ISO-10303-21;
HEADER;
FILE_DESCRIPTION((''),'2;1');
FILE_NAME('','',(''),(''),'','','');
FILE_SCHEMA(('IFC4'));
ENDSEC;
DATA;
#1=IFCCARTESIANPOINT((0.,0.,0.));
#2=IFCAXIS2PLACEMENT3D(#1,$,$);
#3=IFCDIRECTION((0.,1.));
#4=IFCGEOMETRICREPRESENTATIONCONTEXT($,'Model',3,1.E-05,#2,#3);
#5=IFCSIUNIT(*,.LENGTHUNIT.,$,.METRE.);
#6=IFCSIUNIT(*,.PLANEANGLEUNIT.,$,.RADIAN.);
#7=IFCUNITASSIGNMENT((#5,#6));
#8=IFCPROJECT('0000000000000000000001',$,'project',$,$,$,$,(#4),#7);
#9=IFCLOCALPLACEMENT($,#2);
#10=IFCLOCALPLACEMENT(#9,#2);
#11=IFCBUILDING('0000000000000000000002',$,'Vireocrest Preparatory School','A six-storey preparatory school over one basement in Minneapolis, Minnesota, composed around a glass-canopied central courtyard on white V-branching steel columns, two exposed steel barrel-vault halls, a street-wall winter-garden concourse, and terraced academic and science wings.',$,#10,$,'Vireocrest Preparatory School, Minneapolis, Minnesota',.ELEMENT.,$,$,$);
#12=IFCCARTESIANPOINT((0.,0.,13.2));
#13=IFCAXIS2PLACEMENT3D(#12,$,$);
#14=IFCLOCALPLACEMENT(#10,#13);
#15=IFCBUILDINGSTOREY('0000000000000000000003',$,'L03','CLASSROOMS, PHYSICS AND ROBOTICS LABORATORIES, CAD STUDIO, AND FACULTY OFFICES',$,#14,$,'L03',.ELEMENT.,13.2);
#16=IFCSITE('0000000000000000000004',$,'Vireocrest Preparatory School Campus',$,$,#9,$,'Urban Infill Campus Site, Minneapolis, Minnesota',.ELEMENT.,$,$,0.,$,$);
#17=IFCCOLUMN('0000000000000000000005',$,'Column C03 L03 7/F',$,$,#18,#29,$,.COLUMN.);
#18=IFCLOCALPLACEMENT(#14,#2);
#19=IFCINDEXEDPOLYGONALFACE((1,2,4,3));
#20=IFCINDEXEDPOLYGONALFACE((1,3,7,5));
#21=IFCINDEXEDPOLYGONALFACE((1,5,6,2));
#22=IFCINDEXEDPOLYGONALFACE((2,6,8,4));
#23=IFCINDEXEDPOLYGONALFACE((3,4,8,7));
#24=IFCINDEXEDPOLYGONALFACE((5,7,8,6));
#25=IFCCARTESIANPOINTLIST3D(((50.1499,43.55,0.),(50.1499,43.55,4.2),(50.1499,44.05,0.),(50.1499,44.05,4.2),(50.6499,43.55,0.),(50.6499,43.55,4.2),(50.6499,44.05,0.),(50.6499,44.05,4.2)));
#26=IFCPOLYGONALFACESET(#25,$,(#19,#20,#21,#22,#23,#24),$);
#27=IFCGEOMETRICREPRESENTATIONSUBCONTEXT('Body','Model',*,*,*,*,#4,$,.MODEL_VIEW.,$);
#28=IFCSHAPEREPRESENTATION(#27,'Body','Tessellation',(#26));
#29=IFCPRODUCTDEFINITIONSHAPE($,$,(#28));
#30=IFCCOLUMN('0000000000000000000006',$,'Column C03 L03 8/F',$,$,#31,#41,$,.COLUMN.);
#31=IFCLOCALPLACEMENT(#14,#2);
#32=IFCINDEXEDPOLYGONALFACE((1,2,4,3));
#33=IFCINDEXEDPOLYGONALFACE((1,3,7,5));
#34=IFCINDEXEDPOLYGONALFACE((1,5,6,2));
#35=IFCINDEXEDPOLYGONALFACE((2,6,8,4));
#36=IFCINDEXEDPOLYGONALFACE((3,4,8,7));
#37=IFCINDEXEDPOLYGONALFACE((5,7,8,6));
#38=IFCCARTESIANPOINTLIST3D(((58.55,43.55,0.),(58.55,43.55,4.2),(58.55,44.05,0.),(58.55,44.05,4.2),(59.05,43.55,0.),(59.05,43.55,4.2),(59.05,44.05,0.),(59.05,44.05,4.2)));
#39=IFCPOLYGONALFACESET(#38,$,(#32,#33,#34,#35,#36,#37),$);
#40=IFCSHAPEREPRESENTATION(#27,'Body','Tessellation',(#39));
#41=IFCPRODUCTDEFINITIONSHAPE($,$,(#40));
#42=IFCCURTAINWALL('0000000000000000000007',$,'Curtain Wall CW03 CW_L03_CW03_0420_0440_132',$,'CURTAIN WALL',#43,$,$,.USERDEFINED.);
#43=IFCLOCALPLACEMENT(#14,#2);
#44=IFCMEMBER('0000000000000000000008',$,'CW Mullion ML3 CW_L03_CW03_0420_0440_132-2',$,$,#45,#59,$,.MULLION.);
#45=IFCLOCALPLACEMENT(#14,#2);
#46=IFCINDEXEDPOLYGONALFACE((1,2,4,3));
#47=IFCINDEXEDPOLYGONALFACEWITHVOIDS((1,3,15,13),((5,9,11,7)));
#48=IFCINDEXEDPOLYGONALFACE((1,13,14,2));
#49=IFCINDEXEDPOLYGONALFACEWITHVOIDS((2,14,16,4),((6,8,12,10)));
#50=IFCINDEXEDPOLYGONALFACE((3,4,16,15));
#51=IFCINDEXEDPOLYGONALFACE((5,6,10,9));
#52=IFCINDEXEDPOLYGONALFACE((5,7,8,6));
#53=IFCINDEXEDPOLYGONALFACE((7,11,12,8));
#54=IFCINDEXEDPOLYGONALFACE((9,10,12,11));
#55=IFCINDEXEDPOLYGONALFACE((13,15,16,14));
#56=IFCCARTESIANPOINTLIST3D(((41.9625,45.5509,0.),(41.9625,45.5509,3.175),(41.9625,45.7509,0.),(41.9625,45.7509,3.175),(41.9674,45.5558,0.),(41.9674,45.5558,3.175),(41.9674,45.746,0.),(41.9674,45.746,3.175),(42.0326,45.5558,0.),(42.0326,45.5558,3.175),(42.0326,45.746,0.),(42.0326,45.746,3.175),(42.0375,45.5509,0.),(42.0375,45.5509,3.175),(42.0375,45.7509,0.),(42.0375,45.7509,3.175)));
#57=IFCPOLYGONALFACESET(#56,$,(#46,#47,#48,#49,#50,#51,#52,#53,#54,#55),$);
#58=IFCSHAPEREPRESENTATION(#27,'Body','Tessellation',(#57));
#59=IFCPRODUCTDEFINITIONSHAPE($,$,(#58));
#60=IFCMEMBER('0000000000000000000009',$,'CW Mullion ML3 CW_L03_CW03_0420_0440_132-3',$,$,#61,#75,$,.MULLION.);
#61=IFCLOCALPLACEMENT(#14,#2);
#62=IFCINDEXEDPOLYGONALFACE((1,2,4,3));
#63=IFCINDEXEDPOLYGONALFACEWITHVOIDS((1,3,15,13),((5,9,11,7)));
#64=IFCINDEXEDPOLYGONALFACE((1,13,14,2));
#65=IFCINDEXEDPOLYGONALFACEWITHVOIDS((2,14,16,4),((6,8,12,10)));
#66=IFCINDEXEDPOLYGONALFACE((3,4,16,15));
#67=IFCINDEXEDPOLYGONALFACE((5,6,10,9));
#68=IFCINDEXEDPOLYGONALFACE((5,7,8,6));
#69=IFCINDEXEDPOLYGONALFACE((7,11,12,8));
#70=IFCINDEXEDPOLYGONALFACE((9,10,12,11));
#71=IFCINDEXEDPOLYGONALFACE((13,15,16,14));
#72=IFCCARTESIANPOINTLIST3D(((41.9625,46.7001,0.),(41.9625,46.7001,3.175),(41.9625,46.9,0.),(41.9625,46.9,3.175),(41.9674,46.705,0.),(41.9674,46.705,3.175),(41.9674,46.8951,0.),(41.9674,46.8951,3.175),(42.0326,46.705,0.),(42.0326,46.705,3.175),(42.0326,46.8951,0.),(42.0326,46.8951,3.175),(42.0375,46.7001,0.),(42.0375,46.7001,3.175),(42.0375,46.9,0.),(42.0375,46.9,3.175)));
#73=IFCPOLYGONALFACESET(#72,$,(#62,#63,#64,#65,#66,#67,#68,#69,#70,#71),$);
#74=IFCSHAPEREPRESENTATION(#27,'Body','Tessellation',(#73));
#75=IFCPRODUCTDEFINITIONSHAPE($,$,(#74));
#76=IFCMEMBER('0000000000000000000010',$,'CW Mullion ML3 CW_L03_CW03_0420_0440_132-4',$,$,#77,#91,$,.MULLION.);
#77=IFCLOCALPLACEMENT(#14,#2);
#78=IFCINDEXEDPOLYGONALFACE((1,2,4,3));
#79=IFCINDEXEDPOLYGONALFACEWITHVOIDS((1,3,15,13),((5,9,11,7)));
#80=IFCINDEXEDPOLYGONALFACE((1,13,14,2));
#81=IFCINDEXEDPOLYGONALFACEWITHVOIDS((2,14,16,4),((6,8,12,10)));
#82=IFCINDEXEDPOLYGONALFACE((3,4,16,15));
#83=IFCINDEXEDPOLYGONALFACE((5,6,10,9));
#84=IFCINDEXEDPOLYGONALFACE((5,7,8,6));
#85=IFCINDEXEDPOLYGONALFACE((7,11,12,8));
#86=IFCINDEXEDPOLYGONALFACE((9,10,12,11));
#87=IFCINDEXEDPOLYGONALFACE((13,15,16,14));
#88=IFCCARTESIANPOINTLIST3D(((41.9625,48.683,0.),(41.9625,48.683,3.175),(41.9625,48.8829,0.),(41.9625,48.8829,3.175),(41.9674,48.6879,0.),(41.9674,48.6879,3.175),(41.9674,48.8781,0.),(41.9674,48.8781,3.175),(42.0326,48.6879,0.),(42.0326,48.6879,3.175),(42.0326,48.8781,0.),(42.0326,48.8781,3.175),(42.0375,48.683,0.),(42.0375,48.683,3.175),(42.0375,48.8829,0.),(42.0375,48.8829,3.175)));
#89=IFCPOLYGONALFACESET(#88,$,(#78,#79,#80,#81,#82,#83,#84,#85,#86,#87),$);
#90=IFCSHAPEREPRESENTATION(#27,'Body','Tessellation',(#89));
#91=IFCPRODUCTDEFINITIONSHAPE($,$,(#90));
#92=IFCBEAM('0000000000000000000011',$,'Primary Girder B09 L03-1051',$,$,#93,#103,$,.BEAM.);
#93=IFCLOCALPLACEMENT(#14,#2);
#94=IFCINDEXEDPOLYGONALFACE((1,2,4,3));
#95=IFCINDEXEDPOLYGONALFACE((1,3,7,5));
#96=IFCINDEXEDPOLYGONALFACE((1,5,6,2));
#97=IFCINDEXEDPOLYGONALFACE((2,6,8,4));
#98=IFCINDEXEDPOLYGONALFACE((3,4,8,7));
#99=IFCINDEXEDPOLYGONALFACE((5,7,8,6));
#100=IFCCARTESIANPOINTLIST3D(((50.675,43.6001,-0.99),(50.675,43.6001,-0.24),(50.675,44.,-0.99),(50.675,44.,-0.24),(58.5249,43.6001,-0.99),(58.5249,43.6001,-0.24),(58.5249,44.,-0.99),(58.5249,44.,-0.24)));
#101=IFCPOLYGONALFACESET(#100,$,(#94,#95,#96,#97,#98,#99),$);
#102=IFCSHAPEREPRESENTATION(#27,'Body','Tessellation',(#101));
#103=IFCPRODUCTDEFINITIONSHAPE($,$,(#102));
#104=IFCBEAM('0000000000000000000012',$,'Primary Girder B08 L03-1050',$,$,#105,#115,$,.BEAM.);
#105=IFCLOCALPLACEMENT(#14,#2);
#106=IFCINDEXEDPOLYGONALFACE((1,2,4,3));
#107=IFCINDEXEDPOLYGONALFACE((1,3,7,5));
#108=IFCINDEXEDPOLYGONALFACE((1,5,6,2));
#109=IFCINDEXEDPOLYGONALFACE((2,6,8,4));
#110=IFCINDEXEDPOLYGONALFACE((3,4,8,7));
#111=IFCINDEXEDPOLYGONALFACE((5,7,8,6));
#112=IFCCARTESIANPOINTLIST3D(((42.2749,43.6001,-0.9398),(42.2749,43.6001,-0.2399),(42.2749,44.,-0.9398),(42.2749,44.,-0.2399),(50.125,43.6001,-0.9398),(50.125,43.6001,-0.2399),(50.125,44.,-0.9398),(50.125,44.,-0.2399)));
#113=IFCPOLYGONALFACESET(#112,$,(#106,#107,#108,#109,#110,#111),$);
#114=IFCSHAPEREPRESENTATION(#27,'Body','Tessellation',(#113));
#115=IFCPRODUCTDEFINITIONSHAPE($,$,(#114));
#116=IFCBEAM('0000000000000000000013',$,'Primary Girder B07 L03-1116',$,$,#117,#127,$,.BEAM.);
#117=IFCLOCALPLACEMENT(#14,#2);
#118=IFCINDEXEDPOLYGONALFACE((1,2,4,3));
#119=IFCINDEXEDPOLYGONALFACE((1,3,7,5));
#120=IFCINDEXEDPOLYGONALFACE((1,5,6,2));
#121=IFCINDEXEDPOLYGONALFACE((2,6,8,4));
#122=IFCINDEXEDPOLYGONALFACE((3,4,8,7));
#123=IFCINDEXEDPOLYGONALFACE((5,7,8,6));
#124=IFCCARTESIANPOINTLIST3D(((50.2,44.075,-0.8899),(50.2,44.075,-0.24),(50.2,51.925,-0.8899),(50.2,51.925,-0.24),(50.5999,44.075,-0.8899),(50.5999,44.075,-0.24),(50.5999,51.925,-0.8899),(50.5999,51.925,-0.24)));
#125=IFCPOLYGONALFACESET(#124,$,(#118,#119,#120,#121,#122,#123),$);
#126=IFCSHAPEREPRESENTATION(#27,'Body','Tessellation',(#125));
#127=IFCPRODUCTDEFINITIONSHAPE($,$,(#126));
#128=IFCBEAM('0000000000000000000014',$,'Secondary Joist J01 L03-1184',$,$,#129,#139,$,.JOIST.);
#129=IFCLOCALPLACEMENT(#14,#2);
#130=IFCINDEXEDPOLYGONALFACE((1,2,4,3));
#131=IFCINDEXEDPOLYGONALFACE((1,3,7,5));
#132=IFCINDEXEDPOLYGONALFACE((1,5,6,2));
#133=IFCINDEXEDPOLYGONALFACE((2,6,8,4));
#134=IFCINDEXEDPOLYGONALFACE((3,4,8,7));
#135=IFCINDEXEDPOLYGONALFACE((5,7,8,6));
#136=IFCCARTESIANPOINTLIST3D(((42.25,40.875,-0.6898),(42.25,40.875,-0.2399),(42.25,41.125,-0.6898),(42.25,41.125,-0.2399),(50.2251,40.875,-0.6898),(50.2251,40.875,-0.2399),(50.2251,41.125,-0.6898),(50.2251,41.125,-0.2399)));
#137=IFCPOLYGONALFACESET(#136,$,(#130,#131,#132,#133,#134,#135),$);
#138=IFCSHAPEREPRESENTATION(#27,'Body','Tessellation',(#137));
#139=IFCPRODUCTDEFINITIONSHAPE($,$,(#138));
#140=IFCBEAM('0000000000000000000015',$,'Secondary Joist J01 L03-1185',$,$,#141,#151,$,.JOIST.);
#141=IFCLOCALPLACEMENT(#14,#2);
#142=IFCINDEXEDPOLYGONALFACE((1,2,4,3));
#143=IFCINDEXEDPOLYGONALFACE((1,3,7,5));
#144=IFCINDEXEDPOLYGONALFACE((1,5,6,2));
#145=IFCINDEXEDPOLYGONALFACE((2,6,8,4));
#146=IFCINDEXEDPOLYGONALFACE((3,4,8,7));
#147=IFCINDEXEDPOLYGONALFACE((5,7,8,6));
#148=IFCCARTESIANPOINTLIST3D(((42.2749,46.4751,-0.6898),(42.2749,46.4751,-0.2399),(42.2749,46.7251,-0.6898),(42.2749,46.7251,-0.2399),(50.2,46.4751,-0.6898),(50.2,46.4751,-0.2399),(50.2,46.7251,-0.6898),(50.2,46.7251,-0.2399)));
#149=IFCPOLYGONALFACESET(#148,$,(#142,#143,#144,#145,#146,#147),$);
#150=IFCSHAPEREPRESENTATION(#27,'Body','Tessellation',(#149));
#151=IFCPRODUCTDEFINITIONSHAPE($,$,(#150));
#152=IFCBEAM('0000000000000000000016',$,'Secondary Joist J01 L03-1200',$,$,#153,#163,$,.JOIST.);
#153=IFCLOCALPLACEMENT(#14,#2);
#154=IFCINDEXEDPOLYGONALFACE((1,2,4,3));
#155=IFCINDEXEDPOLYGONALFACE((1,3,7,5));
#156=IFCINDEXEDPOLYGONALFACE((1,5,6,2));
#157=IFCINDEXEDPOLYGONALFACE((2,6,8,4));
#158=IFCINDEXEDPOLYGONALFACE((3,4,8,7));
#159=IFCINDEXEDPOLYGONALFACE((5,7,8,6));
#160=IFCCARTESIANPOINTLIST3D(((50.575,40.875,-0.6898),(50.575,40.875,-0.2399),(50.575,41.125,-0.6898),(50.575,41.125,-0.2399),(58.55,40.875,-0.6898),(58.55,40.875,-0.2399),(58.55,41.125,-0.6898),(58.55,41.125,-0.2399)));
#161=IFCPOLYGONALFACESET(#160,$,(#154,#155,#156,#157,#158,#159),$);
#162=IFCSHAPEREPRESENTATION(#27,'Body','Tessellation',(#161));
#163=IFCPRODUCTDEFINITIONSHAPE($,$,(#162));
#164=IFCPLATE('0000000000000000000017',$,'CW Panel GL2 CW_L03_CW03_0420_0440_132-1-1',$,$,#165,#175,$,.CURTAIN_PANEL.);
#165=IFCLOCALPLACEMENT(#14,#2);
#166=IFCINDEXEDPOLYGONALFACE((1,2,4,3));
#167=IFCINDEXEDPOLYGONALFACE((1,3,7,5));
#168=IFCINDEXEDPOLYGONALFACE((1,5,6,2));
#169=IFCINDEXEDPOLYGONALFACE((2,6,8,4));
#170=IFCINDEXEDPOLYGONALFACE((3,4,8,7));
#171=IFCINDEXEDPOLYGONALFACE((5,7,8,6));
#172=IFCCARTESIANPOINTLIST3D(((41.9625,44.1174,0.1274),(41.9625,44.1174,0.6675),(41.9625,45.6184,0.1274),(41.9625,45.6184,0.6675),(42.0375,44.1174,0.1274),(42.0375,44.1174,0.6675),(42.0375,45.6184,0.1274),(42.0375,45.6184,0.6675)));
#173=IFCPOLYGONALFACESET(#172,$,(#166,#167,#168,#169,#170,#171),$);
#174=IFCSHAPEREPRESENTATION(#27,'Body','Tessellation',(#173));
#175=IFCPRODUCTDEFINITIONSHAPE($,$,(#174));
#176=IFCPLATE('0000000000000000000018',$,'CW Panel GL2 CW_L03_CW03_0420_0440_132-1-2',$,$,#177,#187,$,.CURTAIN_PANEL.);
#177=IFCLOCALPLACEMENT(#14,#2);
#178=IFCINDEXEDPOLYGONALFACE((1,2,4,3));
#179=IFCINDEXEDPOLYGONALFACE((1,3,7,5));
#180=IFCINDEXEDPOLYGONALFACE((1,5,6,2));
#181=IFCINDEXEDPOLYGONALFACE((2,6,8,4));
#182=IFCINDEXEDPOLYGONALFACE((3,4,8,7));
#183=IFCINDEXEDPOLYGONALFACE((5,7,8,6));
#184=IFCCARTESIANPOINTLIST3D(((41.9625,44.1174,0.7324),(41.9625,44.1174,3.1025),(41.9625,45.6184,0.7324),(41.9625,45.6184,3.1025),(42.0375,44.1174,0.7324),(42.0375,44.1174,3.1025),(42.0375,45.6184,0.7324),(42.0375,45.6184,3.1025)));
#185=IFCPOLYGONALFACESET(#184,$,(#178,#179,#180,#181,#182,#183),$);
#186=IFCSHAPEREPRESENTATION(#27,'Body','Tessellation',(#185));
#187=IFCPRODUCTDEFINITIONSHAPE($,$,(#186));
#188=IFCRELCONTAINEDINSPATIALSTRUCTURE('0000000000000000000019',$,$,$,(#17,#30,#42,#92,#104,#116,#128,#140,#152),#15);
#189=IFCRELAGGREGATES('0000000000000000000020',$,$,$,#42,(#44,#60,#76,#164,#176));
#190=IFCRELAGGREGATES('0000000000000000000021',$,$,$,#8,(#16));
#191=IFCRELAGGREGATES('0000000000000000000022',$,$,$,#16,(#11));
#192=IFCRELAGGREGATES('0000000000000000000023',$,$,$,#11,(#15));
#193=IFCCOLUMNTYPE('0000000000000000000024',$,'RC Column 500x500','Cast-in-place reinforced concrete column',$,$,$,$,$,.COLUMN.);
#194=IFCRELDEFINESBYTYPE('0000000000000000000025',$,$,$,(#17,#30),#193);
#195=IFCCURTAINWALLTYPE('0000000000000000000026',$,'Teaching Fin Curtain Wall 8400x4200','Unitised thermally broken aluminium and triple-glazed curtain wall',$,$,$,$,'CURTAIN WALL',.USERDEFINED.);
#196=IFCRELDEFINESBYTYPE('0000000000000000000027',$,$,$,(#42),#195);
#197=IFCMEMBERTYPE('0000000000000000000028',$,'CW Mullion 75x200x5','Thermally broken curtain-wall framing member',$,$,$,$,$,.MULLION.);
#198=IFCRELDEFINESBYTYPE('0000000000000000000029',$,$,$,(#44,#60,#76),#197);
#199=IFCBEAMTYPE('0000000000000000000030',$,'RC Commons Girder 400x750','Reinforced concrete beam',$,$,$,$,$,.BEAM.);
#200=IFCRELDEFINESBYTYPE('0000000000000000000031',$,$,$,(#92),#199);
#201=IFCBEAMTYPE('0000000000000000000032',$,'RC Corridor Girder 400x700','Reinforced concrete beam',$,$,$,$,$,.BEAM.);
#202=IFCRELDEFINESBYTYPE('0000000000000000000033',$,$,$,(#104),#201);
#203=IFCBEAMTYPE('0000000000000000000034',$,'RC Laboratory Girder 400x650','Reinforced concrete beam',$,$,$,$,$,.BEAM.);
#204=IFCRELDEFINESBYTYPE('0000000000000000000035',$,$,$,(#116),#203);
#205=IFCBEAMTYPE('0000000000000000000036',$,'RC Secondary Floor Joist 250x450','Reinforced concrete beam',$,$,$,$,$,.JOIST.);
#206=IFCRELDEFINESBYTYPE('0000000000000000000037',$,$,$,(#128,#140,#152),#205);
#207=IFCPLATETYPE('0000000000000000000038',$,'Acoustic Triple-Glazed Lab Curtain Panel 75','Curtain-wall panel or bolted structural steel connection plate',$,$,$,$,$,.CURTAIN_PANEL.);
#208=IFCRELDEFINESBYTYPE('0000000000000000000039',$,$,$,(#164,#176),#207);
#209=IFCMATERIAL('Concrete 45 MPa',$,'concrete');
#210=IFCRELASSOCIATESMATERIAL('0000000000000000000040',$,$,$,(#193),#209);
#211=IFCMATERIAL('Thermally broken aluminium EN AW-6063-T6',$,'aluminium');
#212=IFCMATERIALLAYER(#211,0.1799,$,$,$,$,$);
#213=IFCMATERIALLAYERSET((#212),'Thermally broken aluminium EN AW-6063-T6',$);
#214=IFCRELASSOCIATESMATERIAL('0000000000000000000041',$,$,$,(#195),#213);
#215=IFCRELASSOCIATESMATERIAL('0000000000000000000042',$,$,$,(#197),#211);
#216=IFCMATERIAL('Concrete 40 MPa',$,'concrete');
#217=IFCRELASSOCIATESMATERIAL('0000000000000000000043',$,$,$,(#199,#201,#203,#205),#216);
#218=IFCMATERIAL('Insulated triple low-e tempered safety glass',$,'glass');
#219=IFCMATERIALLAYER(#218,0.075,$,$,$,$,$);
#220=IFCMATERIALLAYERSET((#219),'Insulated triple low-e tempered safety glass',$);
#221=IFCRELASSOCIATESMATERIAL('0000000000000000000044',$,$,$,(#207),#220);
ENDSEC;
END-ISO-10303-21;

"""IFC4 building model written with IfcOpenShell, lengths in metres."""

from ifc_helpers import new_model, si_unit, direction, frame, origin, origin_2d, place, context, subcontext, project, spatial, rectangle, hollow_rectangle, extrude, material, layer, layer_set, material_profile, profile_set, type_object, element, aggregate, save


model = new_model("IFC4")

# Units and contexts
model_context = context("Model", 3, precision=1e-05, world=origin(), true_north=direction((0.0, 1.0)))
body_context = subcontext(model_context, "Body", "Model", "MODEL_VIEW")
ifc_project = project(units=[si_unit("LENGTHUNIT", "METRE"), si_unit("PLANEANGLEUNIT", "RADIAN")], contexts=[model_context])

# Site, building, storey
site_placement = place(None, origin())
site = spatial("IfcSite", under=ifc_project, at=site_placement, Name="Vireocrest Preparatory School Campus", LongName="Urban Infill Campus Site, Minneapolis, Minnesota", CompositionType="ELEMENT", RefElevation=0.0)
building_placement = place(site_placement, origin())
building = spatial("IfcBuilding", under=site, at=building_placement, Name="Vireocrest Preparatory School", Description="A six-storey preparatory school over one basement in Minneapolis, Minnesota, composed around a glass-canopied central courtyard on white V-branching steel columns, two exposed steel barrel-vault halls, a street-wall winter-garden concourse, and terraced academic and science wings.", LongName="Vireocrest Preparatory School, Minneapolis, Minnesota", CompositionType="ELEMENT")
storey_placement = place(building_placement, frame((0.0, 0.0, 13.2)))
storey = spatial("IfcBuildingStorey", under=building, at=storey_placement, Name="L03", Description="CLASSROOMS, PHYSICS AND ROBOTICS LABORATORIES, CAD STUDIO, AND FACULTY OFFICES", LongName="L03", CompositionType="ELEMENT", Elevation=13.2)

# Columns
ifc_material_1 = material(Name="Concrete 45 MPa", Category="concrete")
ifc_material_profile_1 = material_profile(ifc_material_1, rectangle(XDim=0.5, YDim=0.5, at=origin_2d()), Name="RC 500x500")
ifc_profile_set_1 = profile_set([ifc_material_profile_1], Name="Concrete 45 MPa")
column_type = type_object("IfcColumnType", Name="RC Column 500x500", Description="Cast-in-place reinforced concrete column", PredefinedType="COLUMN", material=ifc_profile_set_1)
for number, where, z_axis, x_axis, name in (
    (1, (50.3999, 43.8, 0.0), (0.0, 0.0, 1.0), (1.0, 0.0, 0.0), "Column C03 L03 7/F"),
    (2, (58.8, 43.8, 0.0), (0.0, 0.0, 1.0), (1.0, 0.0, 0.0), "Column C03 L03 8/F"),
):
    element("IfcColumn", number, at=place(storey_placement, frame(where, z_axis=z_axis, x_axis=x_axis)), inside=storey, type_object=column_type, Name=name, PredefinedType="COLUMN", context=body_context, shape_type="SweptSolid", body=[
        extrude(rectangle(XDim=0.5, YDim=0.5, at=origin_2d()), origin(), (0.0, 0.0, 1.0), 4.2),
    ])

# Curtain wall, members
ifc_material_2 = material(Name="Thermally broken aluminium EN AW-6063-T6", Category="aluminium")
ifc_layer_1 = layer(ifc_material_2, 0.1799)
ifc_layer_set_1 = layer_set([ifc_layer_1], Name="Thermally broken aluminium EN AW-6063-T6")
curtain_wall_type = type_object("IfcCurtainWallType", Name="Teaching Fin Curtain Wall 8400x4200", Description="Unitised thermally broken aluminium and triple-glazed curtain wall", ElementType="CURTAIN WALL", PredefinedType="USERDEFINED", material=ifc_layer_set_1)
curtain_wall_placement = place(storey_placement, origin())
curtain_wall = element("IfcCurtainWall", 3, at=curtain_wall_placement, inside=storey, type_object=curtain_wall_type, Name="Curtain Wall CW03 CW_L03_CW03_0420_0440_132", ObjectType="CURTAIN WALL", PredefinedType="USERDEFINED")
ifc_material_profile_2 = material_profile(ifc_material_2, hollow_rectangle(XDim=0.075, YDim=0.2, WallThickness=0.0049, at=origin_2d()), Name="ALU 75x200x5")
ifc_profile_set_2 = profile_set([ifc_material_profile_2], Name="Thermally broken aluminium EN AW-6063-T6")
member_type = type_object("IfcMemberType", Name="CW Mullion 75x200x5", Description="Thermally broken curtain-wall framing member", PredefinedType="MULLION", material=ifc_profile_set_2)
member_1_placement = place(storey_placement, frame((42.0, 45.6509, 0.0), z_axis=(0.0, 0.0, 1.0), x_axis=(1.0, 0.0, 0.0)))
member_1 = element("IfcMember", 4, at=member_1_placement, type_object=member_type, Name="CW Mullion ML3 CW_L03_CW03_0420_0440_132-2", PredefinedType="MULLION", context=body_context, shape_type="SweptSolid", body=[
    extrude(hollow_rectangle(XDim=0.075, YDim=0.2, WallThickness=0.0049, at=origin_2d()), origin(), (0.0, 0.0, 1.0), 3.175),
])
member_2_placement = place(storey_placement, frame((42.0, 46.8, 0.0), z_axis=(0.0, 0.0, 1.0), x_axis=(1.0, 0.0, 0.0)))
member_2 = element("IfcMember", 5, at=member_2_placement, type_object=member_type, Name="CW Mullion ML3 CW_L03_CW03_0420_0440_132-3", PredefinedType="MULLION", context=body_context, shape_type="SweptSolid", body=[
    extrude(hollow_rectangle(XDim=0.075, YDim=0.2, WallThickness=0.0049, at=origin_2d()), origin(), (0.0, 0.0, 1.0), 3.175),
])
member_3_placement = place(storey_placement, frame((42.0, 48.783, 0.0), z_axis=(0.0, 0.0, 1.0), x_axis=(1.0, 0.0, 0.0)))
member_3 = element("IfcMember", 6, at=member_3_placement, type_object=member_type, Name="CW Mullion ML3 CW_L03_CW03_0420_0440_132-4", PredefinedType="MULLION", context=body_context, shape_type="SweptSolid", body=[
    extrude(hollow_rectangle(XDim=0.075, YDim=0.2, WallThickness=0.0049, at=origin_2d()), origin(), (0.0, 0.0, 1.0), 3.175),
])

# Beams
ifc_material_3 = material(Name="Concrete 40 MPa", Category="concrete")
ifc_material_profile_3 = material_profile(ifc_material_3, rectangle(XDim=0.3999, YDim=0.75, at=origin_2d()), Name="RC 400x750")
ifc_profile_set_3 = profile_set([ifc_material_profile_3], Name="Concrete 40 MPa")
beam_type_1 = type_object("IfcBeamType", Name="RC Commons Girder 400x750", Description="Reinforced concrete beam", PredefinedType="BEAM", material=ifc_profile_set_3)
beam_1_placement = place(storey_placement, frame((50.675, 43.8, -0.615), z_axis=(1.0, 0.0, 0.0), x_axis=(0.0, 1.0, 0.0)))
element("IfcBeam", 7, at=beam_1_placement, inside=storey, type_object=beam_type_1, Name="Primary Girder B09 L03-1051", PredefinedType="BEAM", context=body_context, shape_type="SweptSolid", body=[
    extrude(rectangle(XDim=0.3999, YDim=0.75, at=origin_2d()), origin(), (0.0, 0.0, 1.0), 7.8499),
])
ifc_material_profile_4 = material_profile(ifc_material_3, rectangle(XDim=0.3999, YDim=0.7, at=origin_2d()), Name="RC 400x700")
ifc_profile_set_4 = profile_set([ifc_material_profile_4], Name="Concrete 40 MPa")
beam_type_2 = type_object("IfcBeamType", Name="RC Corridor Girder 400x700", Description="Reinforced concrete beam", PredefinedType="BEAM", material=ifc_profile_set_4)
beam_2_placement = place(storey_placement, frame((42.2749, 43.8, -0.5898), z_axis=(1.0, 0.0, 0.0), x_axis=(0.0, 1.0, 0.0)))
element("IfcBeam", 8, at=beam_2_placement, inside=storey, type_object=beam_type_2, Name="Primary Girder B08 L03-1050", PredefinedType="BEAM", context=body_context, shape_type="SweptSolid", body=[
    extrude(rectangle(XDim=0.3999, YDim=0.7, at=origin_2d()), origin(), (0.0, 0.0, 1.0), 7.8501),
])
ifc_material_profile_5 = material_profile(ifc_material_3, rectangle(XDim=0.3999, YDim=0.6499, at=origin_2d()), Name="RC 400x650")
ifc_profile_set_5 = profile_set([ifc_material_profile_5], Name="Concrete 40 MPa")
beam_type_3 = type_object("IfcBeamType", Name="RC Laboratory Girder 400x650", Description="Reinforced concrete beam", PredefinedType="BEAM", material=ifc_profile_set_5)
beam_3_placement = place(storey_placement, frame((50.3999, 44.075, -0.5649), z_axis=(0.0, 1.0, 0.0), x_axis=(-1.0, 0.0, 0.0)))
element("IfcBeam", 9, at=beam_3_placement, inside=storey, type_object=beam_type_3, Name="Primary Girder B07 L03-1116", PredefinedType="BEAM", context=body_context, shape_type="SweptSolid", body=[
    extrude(rectangle(XDim=0.3999, YDim=0.6499, at=origin_2d()), origin(), (0.0, 0.0, 1.0), 7.8501),
])
ifc_material_profile_6 = material_profile(ifc_material_3, rectangle(XDim=0.25, YDim=0.45, at=origin_2d()), Name="RC 250x450")
ifc_profile_set_6 = profile_set([ifc_material_profile_6], Name="Concrete 40 MPa")
beam_type_4 = type_object("IfcBeamType", Name="RC Secondary Floor Joist 250x450", Description="Reinforced concrete beam", PredefinedType="JOIST", material=ifc_profile_set_6)
beam_4_placement = place(storey_placement, frame((42.25, 41.0, -0.4648), z_axis=(1.0, 0.0, 0.0), x_axis=(0.0, 1.0, 0.0)))
element("IfcBeam", 10, at=beam_4_placement, inside=storey, type_object=beam_type_4, Name="Secondary Joist J01 L03-1184", PredefinedType="JOIST", context=body_context, shape_type="SweptSolid", body=[
    extrude(rectangle(XDim=0.25, YDim=0.45, at=origin_2d()), origin(), (0.0, 0.0, 1.0), 7.9751),
])
beam_5_placement = place(storey_placement, frame((42.2749, 46.6001, -0.4648), z_axis=(1.0, 0.0, 0.0), x_axis=(0.0, 1.0, 0.0)))
element("IfcBeam", 11, at=beam_5_placement, inside=storey, type_object=beam_type_4, Name="Secondary Joist J01 L03-1185", PredefinedType="JOIST", context=body_context, shape_type="SweptSolid", body=[
    extrude(rectangle(XDim=0.25, YDim=0.45, at=origin_2d()), origin(), (0.0, 0.0, 1.0), 7.925),
])
beam_6_placement = place(storey_placement, frame((50.575, 41.0, -0.4648), z_axis=(1.0, 0.0, 0.0), x_axis=(0.0, 1.0, 0.0)))
element("IfcBeam", 12, at=beam_6_placement, inside=storey, type_object=beam_type_4, Name="Secondary Joist J01 L03-1200", PredefinedType="JOIST", context=body_context, shape_type="SweptSolid", body=[
    extrude(rectangle(XDim=0.25, YDim=0.45, at=origin_2d()), origin(), (0.0, 0.0, 1.0), 7.9751),
])

# Plates
ifc_material_4 = material(Name="Insulated triple low-e tempered safety glass", Category="glass")
ifc_layer_2 = layer(ifc_material_4, 0.075)
ifc_layer_set_2 = layer_set([ifc_layer_2], Name="Insulated triple low-e tempered safety glass")
plate_type = type_object("IfcPlateType", Name="Acoustic Triple-Glazed Lab Curtain Panel 75", Description="Curtain-wall panel or bolted structural steel connection plate", PredefinedType="CURTAIN_PANEL", material=ifc_layer_set_2)
plate_1_placement = place(storey_placement, frame((42.0, 44.8679, 0.1274), z_axis=(0.0, 0.0, 1.0), x_axis=(0.0, 1.0, 0.0)))
plate_1 = element("IfcPlate", 13, at=plate_1_placement, type_object=plate_type, Name="CW Panel GL2 CW_L03_CW03_0420_0440_132-1-1", PredefinedType="CURTAIN_PANEL", context=body_context, shape_type="SweptSolid", body=[
    extrude(rectangle(XDim=1.501, YDim=0.075, at=origin_2d()), origin(), (0.0, 0.0, 1.0), 0.54),
])
plate_2_placement = place(storey_placement, frame((42.0, 44.8679, 0.7324), z_axis=(0.0, 0.0, 1.0), x_axis=(0.0, 1.0, 0.0)))
plate_2 = element("IfcPlate", 14, at=plate_2_placement, type_object=plate_type, Name="CW Panel GL2 CW_L03_CW03_0420_0440_132-1-2", PredefinedType="CURTAIN_PANEL", context=body_context, shape_type="SweptSolid", body=[
    extrude(rectangle(XDim=1.501, YDim=0.075, at=origin_2d()), origin(), (0.0, 0.0, 1.0), 2.3701),
])
aggregate(curtain_wall, [member_1, member_2, member_3, plate_1, plate_2])

save(model, "model.ifc")
